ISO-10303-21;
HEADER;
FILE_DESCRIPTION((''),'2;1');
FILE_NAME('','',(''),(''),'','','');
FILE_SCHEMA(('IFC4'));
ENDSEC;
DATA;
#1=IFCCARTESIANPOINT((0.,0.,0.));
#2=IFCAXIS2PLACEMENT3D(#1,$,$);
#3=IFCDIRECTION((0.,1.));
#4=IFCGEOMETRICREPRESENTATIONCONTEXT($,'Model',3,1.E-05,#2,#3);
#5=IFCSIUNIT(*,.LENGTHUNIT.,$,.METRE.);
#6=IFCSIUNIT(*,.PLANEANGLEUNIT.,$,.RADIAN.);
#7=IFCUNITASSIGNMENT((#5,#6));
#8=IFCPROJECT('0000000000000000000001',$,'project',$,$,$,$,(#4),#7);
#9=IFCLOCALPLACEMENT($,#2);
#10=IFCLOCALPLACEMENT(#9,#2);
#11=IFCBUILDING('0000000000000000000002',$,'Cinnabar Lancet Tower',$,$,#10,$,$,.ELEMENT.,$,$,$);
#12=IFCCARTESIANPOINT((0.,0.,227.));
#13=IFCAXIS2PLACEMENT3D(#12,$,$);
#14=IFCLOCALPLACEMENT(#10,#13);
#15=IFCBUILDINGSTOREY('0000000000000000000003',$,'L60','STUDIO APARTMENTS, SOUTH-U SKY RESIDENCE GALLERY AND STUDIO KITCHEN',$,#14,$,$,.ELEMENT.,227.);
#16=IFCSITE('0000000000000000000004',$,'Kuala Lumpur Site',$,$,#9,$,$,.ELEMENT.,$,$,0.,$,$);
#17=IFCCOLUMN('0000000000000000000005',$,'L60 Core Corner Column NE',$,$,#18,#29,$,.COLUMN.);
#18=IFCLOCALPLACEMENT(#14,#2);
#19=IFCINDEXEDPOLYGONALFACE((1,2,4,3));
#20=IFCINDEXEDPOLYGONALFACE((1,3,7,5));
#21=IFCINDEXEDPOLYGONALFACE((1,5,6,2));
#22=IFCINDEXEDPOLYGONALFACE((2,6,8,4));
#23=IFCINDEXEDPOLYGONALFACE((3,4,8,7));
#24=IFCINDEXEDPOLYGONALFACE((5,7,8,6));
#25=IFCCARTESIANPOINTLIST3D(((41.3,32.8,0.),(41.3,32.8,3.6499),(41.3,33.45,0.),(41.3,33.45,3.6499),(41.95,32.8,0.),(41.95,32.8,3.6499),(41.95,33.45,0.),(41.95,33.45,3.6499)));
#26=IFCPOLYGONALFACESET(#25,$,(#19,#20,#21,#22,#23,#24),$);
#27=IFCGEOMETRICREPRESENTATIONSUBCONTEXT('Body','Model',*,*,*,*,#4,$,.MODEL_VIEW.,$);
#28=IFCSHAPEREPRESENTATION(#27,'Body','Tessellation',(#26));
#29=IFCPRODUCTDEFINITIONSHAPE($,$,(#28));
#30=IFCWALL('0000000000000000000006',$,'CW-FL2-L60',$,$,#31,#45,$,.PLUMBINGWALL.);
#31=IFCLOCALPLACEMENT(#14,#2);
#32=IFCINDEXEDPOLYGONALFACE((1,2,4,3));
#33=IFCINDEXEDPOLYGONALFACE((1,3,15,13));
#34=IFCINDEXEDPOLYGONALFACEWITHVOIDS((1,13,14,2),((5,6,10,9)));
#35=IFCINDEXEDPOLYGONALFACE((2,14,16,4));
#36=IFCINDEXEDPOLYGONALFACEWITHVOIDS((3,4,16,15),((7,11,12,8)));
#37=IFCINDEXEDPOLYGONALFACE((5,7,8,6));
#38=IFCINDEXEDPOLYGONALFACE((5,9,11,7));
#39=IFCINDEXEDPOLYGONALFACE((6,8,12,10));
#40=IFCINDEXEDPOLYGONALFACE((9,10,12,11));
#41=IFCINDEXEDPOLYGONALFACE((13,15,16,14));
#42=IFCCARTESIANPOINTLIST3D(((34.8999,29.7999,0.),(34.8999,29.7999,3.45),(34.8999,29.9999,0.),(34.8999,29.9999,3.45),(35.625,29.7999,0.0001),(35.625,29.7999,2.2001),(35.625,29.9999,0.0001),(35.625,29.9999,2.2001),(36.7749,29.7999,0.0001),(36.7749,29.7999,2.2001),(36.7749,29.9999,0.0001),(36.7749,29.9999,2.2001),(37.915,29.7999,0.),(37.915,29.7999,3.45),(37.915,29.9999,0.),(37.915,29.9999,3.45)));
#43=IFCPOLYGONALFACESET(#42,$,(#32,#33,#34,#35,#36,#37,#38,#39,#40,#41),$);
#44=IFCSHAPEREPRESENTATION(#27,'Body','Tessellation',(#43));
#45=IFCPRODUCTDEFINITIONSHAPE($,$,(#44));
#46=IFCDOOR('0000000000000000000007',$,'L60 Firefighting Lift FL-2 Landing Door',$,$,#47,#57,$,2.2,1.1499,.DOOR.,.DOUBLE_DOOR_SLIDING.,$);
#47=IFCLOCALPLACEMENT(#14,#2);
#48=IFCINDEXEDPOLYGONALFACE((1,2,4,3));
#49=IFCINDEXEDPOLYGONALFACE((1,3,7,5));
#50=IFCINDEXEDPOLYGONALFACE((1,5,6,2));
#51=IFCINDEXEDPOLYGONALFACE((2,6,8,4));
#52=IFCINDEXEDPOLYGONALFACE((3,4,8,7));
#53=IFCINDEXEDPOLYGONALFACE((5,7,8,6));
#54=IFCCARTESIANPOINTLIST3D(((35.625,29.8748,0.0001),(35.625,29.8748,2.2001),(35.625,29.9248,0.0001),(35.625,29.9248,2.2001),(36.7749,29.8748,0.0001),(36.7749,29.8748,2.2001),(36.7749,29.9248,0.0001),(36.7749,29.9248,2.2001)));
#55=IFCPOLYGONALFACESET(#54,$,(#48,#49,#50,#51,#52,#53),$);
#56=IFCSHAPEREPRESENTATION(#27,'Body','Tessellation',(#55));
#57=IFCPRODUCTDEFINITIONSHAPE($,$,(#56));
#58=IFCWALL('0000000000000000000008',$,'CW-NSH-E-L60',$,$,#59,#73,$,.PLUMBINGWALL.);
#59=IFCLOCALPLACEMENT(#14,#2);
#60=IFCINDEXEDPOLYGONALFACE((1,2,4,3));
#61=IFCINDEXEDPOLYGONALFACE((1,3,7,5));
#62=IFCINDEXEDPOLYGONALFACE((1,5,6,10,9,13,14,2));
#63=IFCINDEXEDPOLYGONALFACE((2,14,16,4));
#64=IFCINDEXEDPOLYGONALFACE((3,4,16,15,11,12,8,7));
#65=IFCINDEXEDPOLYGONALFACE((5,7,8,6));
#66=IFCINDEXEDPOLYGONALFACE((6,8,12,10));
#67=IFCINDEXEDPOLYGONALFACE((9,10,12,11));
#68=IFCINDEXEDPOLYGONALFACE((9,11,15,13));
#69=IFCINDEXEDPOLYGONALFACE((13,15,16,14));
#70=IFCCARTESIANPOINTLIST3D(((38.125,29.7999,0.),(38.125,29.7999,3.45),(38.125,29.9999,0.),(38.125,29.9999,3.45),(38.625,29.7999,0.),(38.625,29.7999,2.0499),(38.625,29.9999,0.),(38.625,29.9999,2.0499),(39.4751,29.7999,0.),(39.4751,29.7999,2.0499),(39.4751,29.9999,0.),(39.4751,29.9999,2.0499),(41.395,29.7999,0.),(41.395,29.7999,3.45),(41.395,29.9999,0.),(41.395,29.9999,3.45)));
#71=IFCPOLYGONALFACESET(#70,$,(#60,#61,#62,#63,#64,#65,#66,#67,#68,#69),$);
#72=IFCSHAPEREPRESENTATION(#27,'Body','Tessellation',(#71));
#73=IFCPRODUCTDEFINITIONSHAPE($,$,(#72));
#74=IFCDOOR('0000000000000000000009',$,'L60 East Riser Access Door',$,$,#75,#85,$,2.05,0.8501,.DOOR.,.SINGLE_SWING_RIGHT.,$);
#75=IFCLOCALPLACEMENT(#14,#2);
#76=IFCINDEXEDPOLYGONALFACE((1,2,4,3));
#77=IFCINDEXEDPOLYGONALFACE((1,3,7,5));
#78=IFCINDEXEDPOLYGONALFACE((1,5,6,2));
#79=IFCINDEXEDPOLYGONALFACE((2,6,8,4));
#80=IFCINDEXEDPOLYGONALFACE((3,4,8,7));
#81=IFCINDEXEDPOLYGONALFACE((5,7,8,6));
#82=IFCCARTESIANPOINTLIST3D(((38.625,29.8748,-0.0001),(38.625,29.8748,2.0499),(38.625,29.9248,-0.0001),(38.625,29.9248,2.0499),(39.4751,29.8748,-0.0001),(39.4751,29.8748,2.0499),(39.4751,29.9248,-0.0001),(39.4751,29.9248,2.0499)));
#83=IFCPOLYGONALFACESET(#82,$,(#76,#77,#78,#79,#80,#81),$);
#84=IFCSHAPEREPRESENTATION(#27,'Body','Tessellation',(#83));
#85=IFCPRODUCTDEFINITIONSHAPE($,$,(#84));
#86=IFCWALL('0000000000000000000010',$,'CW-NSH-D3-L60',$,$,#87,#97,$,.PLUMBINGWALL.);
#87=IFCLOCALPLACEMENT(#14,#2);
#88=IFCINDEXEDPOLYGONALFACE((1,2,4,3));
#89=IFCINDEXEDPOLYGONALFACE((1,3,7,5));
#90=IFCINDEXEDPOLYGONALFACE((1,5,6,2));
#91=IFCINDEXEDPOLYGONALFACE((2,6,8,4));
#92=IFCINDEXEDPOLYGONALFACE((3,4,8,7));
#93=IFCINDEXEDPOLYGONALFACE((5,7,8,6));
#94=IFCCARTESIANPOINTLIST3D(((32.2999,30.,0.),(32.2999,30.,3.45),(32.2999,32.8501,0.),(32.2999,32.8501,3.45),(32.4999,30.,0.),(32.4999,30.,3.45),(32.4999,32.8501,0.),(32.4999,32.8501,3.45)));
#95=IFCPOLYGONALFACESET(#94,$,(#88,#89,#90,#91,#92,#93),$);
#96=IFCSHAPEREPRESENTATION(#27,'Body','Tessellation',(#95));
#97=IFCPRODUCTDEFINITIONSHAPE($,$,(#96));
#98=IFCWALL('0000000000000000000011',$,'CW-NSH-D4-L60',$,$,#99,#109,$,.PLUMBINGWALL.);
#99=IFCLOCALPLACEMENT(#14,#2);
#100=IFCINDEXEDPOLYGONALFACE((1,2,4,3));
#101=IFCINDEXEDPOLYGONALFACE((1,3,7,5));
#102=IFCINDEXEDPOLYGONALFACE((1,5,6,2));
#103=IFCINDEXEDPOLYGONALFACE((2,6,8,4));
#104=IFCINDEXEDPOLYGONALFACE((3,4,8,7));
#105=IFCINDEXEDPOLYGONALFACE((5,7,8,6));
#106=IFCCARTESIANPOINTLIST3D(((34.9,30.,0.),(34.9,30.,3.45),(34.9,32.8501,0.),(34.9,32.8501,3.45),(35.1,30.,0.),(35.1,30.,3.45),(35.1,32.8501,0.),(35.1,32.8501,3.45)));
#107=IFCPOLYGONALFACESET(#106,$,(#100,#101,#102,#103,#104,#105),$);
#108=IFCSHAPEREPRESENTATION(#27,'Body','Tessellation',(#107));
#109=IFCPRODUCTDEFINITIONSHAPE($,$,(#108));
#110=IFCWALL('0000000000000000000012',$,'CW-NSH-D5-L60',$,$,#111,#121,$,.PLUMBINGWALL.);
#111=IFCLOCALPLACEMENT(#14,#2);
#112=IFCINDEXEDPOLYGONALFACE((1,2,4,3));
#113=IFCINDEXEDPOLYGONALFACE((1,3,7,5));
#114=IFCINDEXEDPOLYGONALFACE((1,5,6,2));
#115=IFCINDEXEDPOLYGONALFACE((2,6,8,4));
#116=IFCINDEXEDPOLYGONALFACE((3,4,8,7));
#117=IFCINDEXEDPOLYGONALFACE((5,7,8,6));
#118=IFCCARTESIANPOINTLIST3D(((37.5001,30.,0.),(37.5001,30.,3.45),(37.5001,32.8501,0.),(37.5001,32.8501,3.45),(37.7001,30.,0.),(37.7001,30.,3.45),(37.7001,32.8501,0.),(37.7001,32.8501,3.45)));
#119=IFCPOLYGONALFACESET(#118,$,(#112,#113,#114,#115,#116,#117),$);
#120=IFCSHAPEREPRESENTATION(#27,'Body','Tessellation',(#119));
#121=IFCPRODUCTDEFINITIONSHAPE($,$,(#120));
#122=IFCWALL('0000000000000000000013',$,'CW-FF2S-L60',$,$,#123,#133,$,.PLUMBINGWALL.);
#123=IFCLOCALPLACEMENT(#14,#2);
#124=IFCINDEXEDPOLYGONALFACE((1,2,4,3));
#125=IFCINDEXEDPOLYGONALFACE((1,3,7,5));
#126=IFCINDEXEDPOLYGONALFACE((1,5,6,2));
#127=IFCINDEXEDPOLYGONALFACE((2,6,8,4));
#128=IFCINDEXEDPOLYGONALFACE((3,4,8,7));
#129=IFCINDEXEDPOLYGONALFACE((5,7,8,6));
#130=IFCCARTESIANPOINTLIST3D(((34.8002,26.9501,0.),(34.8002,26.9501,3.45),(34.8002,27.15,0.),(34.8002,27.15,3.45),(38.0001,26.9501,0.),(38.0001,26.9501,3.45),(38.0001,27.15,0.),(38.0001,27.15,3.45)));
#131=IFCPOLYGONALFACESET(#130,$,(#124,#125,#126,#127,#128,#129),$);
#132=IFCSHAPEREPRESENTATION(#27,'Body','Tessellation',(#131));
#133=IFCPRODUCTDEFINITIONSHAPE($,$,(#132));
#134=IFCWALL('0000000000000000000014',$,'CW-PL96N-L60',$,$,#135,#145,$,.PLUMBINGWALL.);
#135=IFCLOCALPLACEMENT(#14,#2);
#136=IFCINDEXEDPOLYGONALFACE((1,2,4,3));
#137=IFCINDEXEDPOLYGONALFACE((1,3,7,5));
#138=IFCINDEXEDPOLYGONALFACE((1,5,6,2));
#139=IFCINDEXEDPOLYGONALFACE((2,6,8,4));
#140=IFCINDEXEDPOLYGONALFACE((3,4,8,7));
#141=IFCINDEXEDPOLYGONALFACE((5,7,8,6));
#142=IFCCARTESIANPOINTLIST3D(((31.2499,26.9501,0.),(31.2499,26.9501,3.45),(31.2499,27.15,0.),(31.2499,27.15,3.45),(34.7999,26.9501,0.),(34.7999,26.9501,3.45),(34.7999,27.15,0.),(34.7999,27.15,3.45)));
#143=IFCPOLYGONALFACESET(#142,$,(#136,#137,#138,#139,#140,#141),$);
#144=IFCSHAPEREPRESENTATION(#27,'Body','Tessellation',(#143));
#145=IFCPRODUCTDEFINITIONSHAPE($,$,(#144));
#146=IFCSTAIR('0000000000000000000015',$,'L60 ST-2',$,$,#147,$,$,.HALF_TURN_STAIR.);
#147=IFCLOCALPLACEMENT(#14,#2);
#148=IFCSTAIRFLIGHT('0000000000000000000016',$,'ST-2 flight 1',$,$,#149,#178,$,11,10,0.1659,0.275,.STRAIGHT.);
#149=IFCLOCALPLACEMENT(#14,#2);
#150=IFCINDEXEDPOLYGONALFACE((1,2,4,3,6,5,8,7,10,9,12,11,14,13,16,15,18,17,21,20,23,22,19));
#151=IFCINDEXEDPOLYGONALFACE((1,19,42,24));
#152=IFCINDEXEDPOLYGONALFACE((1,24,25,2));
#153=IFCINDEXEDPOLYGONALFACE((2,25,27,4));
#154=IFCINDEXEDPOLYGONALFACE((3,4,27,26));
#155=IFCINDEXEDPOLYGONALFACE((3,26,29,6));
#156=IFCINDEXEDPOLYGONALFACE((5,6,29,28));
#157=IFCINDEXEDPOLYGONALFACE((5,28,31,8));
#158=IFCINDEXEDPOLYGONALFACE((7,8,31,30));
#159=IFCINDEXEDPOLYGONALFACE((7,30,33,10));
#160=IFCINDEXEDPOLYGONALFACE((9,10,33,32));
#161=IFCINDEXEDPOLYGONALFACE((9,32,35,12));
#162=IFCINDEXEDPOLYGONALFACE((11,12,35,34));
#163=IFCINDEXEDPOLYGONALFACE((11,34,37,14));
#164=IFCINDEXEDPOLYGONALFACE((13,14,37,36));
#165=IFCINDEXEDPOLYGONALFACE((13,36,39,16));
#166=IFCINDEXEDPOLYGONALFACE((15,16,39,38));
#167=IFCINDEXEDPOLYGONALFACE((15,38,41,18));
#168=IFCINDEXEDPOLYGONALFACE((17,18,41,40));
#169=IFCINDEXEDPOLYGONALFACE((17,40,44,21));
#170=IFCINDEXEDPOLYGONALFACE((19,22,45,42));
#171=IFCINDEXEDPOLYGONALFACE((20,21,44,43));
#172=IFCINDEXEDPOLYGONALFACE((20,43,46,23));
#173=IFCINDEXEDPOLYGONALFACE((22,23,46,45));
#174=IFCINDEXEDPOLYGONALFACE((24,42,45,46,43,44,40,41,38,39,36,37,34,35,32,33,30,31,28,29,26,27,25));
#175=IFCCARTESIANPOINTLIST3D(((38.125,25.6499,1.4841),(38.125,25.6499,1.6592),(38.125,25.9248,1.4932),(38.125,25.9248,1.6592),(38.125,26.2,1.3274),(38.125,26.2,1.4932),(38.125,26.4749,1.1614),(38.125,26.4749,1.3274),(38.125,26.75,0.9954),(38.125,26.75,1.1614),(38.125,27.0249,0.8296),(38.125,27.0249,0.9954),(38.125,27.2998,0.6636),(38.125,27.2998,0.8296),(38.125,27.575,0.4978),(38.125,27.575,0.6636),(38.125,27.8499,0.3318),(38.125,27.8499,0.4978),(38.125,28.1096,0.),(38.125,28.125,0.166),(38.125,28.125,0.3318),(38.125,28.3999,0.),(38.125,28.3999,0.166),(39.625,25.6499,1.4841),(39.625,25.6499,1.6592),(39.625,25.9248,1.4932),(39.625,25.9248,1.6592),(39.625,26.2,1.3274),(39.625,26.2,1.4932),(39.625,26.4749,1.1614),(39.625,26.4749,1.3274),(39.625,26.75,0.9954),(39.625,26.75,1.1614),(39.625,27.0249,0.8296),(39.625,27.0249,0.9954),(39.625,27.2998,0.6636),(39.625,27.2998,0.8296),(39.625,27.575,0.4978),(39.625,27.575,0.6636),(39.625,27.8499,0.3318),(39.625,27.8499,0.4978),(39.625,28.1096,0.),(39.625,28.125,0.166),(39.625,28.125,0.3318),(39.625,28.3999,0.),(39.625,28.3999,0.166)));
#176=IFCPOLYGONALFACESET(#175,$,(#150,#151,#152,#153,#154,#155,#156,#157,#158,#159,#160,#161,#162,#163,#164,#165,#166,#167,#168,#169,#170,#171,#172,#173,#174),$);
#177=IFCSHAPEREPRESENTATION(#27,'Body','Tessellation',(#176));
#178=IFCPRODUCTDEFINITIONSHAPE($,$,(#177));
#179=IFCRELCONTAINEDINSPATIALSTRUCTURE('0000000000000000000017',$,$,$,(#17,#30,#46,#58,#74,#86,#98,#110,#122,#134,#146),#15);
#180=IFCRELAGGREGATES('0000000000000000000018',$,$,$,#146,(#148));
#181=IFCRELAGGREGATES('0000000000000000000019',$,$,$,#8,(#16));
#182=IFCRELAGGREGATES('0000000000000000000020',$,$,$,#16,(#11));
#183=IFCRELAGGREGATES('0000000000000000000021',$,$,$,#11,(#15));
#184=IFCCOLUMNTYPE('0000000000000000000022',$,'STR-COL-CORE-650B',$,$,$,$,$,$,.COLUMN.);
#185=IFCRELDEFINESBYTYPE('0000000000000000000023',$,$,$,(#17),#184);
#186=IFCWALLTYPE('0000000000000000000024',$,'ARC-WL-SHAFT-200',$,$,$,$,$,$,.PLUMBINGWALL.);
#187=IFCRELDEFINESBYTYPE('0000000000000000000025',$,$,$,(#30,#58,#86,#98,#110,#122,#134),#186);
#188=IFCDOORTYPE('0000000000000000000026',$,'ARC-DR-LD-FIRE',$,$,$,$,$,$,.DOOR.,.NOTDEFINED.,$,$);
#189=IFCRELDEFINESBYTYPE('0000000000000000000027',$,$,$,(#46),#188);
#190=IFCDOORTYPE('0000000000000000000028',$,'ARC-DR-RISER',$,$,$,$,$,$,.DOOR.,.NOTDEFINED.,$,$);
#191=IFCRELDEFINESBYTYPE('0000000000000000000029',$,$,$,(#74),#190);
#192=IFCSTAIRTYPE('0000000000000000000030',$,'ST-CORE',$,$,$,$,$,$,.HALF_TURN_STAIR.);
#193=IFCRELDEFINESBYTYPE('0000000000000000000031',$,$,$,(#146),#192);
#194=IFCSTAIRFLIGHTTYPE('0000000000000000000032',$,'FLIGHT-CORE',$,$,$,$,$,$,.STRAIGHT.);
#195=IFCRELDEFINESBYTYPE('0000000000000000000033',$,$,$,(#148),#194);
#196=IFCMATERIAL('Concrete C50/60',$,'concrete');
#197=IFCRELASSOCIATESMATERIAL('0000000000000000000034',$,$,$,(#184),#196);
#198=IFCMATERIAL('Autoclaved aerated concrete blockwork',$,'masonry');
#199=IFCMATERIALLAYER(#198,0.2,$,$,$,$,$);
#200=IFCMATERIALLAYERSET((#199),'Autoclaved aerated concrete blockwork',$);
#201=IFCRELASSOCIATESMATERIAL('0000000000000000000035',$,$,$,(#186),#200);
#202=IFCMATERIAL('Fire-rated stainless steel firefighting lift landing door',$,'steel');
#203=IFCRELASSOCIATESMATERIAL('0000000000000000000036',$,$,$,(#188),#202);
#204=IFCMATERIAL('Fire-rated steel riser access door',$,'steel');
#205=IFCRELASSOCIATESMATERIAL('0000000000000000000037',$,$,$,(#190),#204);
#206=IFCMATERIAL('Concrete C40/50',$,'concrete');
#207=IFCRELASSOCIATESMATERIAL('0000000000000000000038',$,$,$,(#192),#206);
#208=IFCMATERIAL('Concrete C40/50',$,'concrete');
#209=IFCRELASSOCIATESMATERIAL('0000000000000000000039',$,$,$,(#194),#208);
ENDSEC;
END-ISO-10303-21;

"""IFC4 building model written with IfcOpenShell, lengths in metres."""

from ifc_helpers import new_model, si_unit, direction, frame, frame_2d, origin, origin_2d, place, context, subcontext, project, spatial, polyline, rectangle, outline, extrude, material, layer, layer_set, material_profile, profile_set, type_object, element, fill, aggregate, save


model = new_model("IFC4")

# Units and contexts
model_context = context("Model", 3, precision=1e-05, world=origin(), true_north=direction((0.0, 1.0)))
body_context = subcontext(model_context, "Body", "Model", "MODEL_VIEW")
ifc_project = project(units=[si_unit("LENGTHUNIT", "METRE"), si_unit("PLANEANGLEUNIT", "RADIAN")], contexts=[model_context])

# Site, building, storey
site_placement = place(None, origin())
site = spatial("IfcSite", under=ifc_project, at=site_placement, Name="Kuala Lumpur Site", CompositionType="ELEMENT", RefElevation=0.0)
building_placement = place(site_placement, origin())
building = spatial("IfcBuilding", under=site, at=building_placement, Name="Cinnabar Lancet Tower", CompositionType="ELEMENT")
storey_placement = place(building_placement, frame((0.0, 0.0, 227.0)))
storey = spatial("IfcBuildingStorey", under=building, at=storey_placement, Name="L60", Description="STUDIO APARTMENTS, SOUTH-U SKY RESIDENCE GALLERY AND STUDIO KITCHEN", CompositionType="ELEMENT", Elevation=227.0)

# Column
ifc_material_1 = material(Name="Concrete C50/60", Category="concrete")
ifc_material_profile = material_profile(ifc_material_1, rectangle(XDim=0.6499, YDim=0.6499, at=origin_2d()), Name="RC-COL 650x650")
ifc_profile_set = profile_set([ifc_material_profile], Name="Concrete C50/60")
column_type = type_object("IfcColumnType", Name="STR-COL-CORE-650B", PredefinedType="COLUMN", material=ifc_profile_set)
column_placement = place(storey_placement, frame((41.625, 33.125, 0.0), z_axis=(0.0, 0.0, 1.0), x_axis=(1.0, 0.0, 0.0)))
element("IfcColumn", 1, at=column_placement, inside=storey, type_object=column_type, Name="L60 Core Corner Column NE", PredefinedType="COLUMN", context=body_context, shape_type="SweptSolid", body=[
    extrude(rectangle(XDim=0.6499, YDim=0.6499, at=origin_2d()), origin(), (0.0, 0.0, 1.0), 3.6499),
])

# Walls, openings, doors
ifc_material_2 = material(Name="Autoclaved aerated concrete blockwork", Category="masonry")
ifc_layer = layer(ifc_material_2, 0.2)
ifc_layer_set = layer_set([ifc_layer], Name="Autoclaved aerated concrete blockwork")
wall_type = type_object("IfcWallType", Name="ARC-WL-SHAFT-200", PredefinedType="PLUMBINGWALL", material=ifc_layer_set)
wall_1_placement = place(storey_placement, frame((34.8999, 29.8999, 0.0), z_axis=(0.0, 0.0, 1.0), x_axis=(1.0, 0.0, 0.0)))
wall_1 = element("IfcWall", 2, at=wall_1_placement, inside=storey, type_object=wall_type, Name="CW-FL2-L60", PredefinedType="PLUMBINGWALL", context=body_context, shape_type="SweptSolid", body=[
    extrude(rectangle(XDim=3.0151, YDim=0.2, at=frame_2d((1.5076, 0.0))), origin(), (0.0, 0.0, 1.0), 3.45),
])
opening_1_placement = place(wall_1_placement, frame((0.7251, 0.0, 0.0)))
opening_1 = element("IfcOpeningElement", 3, at=opening_1_placement, cuts=wall_1, PredefinedType="OPENING", context=body_context, shape_type="SweptSolid", body=[
    extrude(rectangle(XDim=1.1499, YDim=2.2, at=frame_2d((0.575, 1.1001))), frame((0.0, 0.1099, 0.0), z_axis=(0.0, -1.0, 0.0), x_axis=(1.0, 0.0, 0.0)), (0.0, 0.0, 1.0), 0.22),
])
ifc_material_3 = material(Name="Fire-rated stainless steel firefighting lift landing door", Category="steel")
door_type_1 = type_object("IfcDoorType", Name="ARC-DR-LD-FIRE", OperationType="NOTDEFINED", PredefinedType="DOOR", material=ifc_material_3)
door_1_placement = place(opening_1_placement, origin())
door_1 = element("IfcDoor", 4, at=door_1_placement, inside=storey, type_object=door_type_1, Name="L60 Firefighting Lift FL-2 Landing Door", OperationType="DOUBLE_DOOR_SLIDING", OverallHeight=2.2, OverallWidth=1.1499, PredefinedType="DOOR", context=body_context, shape_type="SweptSolid", body=[
    extrude(rectangle(XDim=1.1499, YDim=2.2, at=frame_2d((0.575, 1.1001))), frame((0.0, 0.0249, 0.0), z_axis=(0.0, -1.0, 0.0), x_axis=(1.0, 0.0, 0.0)), (0.0, 0.0, 1.0), 0.05),
])
fill(opening_1, door_1)
wall_2_placement = place(storey_placement, frame((38.125, 29.8999, 0.0), z_axis=(0.0, 0.0, 1.0), x_axis=(1.0, 0.0, 0.0)))
wall_2 = element("IfcWall", 5, at=wall_2_placement, inside=storey, type_object=wall_type, Name="CW-NSH-E-L60", PredefinedType="PLUMBINGWALL", context=body_context, shape_type="SweptSolid", body=[
    extrude(rectangle(XDim=3.27, YDim=0.2, at=frame_2d((1.635, 0.0))), origin(), (0.0, 0.0, 1.0), 3.45),
])
opening_2_placement = place(wall_2_placement, frame((0.5, 0.0, 0.0)))
opening_2 = element("IfcOpeningElement", 6, at=opening_2_placement, cuts=wall_2, PredefinedType="OPENING", context=body_context, shape_type="SweptSolid", body=[
    extrude(rectangle(XDim=0.8501, YDim=2.05, at=frame_2d((0.425, 1.0249))), frame((0.0, 0.1099, 0.0), z_axis=(0.0, -1.0, 0.0), x_axis=(1.0, 0.0, 0.0)), (0.0, 0.0, 1.0), 0.22),
])
ifc_material_4 = material(Name="Fire-rated steel riser access door", Category="steel")
door_type_2 = type_object("IfcDoorType", Name="ARC-DR-RISER", OperationType="NOTDEFINED", PredefinedType="DOOR", material=ifc_material_4)
door_2_placement = place(opening_2_placement, origin())
door_2 = element("IfcDoor", 7, at=door_2_placement, inside=storey, type_object=door_type_2, Name="L60 East Riser Access Door", OperationType="SINGLE_SWING_RIGHT", OverallHeight=2.05, OverallWidth=0.8501, PredefinedType="DOOR", context=body_context, shape_type="SweptSolid", body=[
    extrude(rectangle(XDim=0.8501, YDim=2.05, at=frame_2d((0.425, 1.0249))), frame((0.0, 0.0249, 0.0), z_axis=(0.0, -1.0, 0.0), x_axis=(1.0, 0.0, 0.0)), (0.0, 0.0, 1.0), 0.05),
])
fill(opening_2, door_2)

# Walls
for number, where, z_axis, x_axis, name in (
    (8, (32.3999, 30.0, 0.0), (0.0, 0.0, 1.0), (0.0, 1.0, 0.0), "CW-NSH-D3-L60"),
    (9, (35.0, 30.0, 0.0), (0.0, 0.0, 1.0), (0.0, 1.0, 0.0), "CW-NSH-D4-L60"),
    (10, (37.6001, 30.0, 0.0), (0.0, 0.0, 1.0), (0.0, 1.0, 0.0), "CW-NSH-D5-L60"),
):
    element("IfcWall", number, at=place(storey_placement, frame(where, z_axis=z_axis, x_axis=x_axis)), inside=storey, type_object=wall_type, Name=name, PredefinedType="PLUMBINGWALL", context=body_context, shape_type="SweptSolid", body=[
        extrude(rectangle(XDim=2.8501, YDim=0.2, at=frame_2d((1.425, 0.0))), origin(), (0.0, 0.0, 1.0), 3.45),
    ])

# Walls
wall_3_placement = place(storey_placement, frame((34.8, 27.05, 0.0), z_axis=(0.0, 0.0, 1.0), x_axis=(1.0, 0.0, 0.0)))
element("IfcWall", 11, at=wall_3_placement, inside=storey, type_object=wall_type, Name="CW-FF2S-L60", PredefinedType="PLUMBINGWALL", context=body_context, shape_type="SweptSolid", body=[
    extrude(rectangle(XDim=3.2, YDim=0.2, at=frame_2d((1.6001, 0.0))), origin(), (0.0, 0.0, 1.0), 3.45),
])
wall_4_placement = place(storey_placement, frame((31.25, 27.05, 0.0), z_axis=(0.0, 0.0, 1.0), x_axis=(1.0, 0.0, 0.0)))
element("IfcWall", 12, at=wall_4_placement, inside=storey, type_object=wall_type, Name="CW-PL96N-L60", PredefinedType="PLUMBINGWALL", context=body_context, shape_type="SweptSolid", body=[
    extrude(rectangle(XDim=3.55, YDim=0.2, at=frame_2d((1.7749, 0.0))), origin(), (0.0, 0.0, 1.0), 3.45),
])

# Stair, stair flight
ifc_material_5 = material(Name="Concrete C40/50", Category="concrete")
stair_type = type_object("IfcStairType", Name="ST-CORE", PredefinedType="HALF_TURN_STAIR", material=ifc_material_5)
stair_placement = place(storey_placement, origin())
stair = element("IfcStair", 13, at=stair_placement, inside=storey, type_object=stair_type, Name="L60 ST-2", PredefinedType="HALF_TURN_STAIR")
ifc_material_6 = material(Name="Concrete C40/50", Category="concrete")
stair_flight_type = type_object("IfcStairFlightType", Name="FLIGHT-CORE", PredefinedType="STRAIGHT", material=ifc_material_6)
stair_flight_1_placement = place(storey_placement, frame((38.875, 28.3999, 0.0), z_axis=(0.0, 0.0, 1.0), x_axis=(0.0, -1.0, 0.0)))
stair_flight_1 = element("IfcStairFlight", 14, at=stair_flight_1_placement, type_object=stair_flight_type, Name="ST-2 flight 1", NumberOfRisers=11, NumberOfTreads=10, PredefinedType="STRAIGHT", RiserHeight=0.1659, TreadLength=0.275, context=body_context, shape_type="SweptSolid", body=[
    extrude(outline(polyline([(0.0, 0.0), (0.0, 0.166), (0.2749, 0.166), (0.2749, 0.3318), (0.55, 0.3318), (0.55, 0.4978), (0.825, 0.4978), (0.825, 0.6636), (1.1001, 0.6636), (1.1001, 0.8296), (1.375, 0.8296), (1.375, 0.9954), (1.6499, 0.9954), (1.6499, 1.1614), (1.925, 1.1614), (1.925, 1.3274), (2.2, 1.3274), (2.2, 1.4932), (2.4751, 1.4932), (2.4751, 1.6592), (2.75, 1.6592), (2.75, 1.825), (2.75, 1.4841), (0.2903, 0.0), (0.0, 0.0)])), frame((0.0, 0.75, 0.0), z_axis=(0.0, -1.0, 0.0), x_axis=(1.0, 0.0, 0.0)), (0.0, 0.0, 1.0), 1.5),
])
aggregate(stair, [stair_flight_1])

save(model, "model.ifc")
